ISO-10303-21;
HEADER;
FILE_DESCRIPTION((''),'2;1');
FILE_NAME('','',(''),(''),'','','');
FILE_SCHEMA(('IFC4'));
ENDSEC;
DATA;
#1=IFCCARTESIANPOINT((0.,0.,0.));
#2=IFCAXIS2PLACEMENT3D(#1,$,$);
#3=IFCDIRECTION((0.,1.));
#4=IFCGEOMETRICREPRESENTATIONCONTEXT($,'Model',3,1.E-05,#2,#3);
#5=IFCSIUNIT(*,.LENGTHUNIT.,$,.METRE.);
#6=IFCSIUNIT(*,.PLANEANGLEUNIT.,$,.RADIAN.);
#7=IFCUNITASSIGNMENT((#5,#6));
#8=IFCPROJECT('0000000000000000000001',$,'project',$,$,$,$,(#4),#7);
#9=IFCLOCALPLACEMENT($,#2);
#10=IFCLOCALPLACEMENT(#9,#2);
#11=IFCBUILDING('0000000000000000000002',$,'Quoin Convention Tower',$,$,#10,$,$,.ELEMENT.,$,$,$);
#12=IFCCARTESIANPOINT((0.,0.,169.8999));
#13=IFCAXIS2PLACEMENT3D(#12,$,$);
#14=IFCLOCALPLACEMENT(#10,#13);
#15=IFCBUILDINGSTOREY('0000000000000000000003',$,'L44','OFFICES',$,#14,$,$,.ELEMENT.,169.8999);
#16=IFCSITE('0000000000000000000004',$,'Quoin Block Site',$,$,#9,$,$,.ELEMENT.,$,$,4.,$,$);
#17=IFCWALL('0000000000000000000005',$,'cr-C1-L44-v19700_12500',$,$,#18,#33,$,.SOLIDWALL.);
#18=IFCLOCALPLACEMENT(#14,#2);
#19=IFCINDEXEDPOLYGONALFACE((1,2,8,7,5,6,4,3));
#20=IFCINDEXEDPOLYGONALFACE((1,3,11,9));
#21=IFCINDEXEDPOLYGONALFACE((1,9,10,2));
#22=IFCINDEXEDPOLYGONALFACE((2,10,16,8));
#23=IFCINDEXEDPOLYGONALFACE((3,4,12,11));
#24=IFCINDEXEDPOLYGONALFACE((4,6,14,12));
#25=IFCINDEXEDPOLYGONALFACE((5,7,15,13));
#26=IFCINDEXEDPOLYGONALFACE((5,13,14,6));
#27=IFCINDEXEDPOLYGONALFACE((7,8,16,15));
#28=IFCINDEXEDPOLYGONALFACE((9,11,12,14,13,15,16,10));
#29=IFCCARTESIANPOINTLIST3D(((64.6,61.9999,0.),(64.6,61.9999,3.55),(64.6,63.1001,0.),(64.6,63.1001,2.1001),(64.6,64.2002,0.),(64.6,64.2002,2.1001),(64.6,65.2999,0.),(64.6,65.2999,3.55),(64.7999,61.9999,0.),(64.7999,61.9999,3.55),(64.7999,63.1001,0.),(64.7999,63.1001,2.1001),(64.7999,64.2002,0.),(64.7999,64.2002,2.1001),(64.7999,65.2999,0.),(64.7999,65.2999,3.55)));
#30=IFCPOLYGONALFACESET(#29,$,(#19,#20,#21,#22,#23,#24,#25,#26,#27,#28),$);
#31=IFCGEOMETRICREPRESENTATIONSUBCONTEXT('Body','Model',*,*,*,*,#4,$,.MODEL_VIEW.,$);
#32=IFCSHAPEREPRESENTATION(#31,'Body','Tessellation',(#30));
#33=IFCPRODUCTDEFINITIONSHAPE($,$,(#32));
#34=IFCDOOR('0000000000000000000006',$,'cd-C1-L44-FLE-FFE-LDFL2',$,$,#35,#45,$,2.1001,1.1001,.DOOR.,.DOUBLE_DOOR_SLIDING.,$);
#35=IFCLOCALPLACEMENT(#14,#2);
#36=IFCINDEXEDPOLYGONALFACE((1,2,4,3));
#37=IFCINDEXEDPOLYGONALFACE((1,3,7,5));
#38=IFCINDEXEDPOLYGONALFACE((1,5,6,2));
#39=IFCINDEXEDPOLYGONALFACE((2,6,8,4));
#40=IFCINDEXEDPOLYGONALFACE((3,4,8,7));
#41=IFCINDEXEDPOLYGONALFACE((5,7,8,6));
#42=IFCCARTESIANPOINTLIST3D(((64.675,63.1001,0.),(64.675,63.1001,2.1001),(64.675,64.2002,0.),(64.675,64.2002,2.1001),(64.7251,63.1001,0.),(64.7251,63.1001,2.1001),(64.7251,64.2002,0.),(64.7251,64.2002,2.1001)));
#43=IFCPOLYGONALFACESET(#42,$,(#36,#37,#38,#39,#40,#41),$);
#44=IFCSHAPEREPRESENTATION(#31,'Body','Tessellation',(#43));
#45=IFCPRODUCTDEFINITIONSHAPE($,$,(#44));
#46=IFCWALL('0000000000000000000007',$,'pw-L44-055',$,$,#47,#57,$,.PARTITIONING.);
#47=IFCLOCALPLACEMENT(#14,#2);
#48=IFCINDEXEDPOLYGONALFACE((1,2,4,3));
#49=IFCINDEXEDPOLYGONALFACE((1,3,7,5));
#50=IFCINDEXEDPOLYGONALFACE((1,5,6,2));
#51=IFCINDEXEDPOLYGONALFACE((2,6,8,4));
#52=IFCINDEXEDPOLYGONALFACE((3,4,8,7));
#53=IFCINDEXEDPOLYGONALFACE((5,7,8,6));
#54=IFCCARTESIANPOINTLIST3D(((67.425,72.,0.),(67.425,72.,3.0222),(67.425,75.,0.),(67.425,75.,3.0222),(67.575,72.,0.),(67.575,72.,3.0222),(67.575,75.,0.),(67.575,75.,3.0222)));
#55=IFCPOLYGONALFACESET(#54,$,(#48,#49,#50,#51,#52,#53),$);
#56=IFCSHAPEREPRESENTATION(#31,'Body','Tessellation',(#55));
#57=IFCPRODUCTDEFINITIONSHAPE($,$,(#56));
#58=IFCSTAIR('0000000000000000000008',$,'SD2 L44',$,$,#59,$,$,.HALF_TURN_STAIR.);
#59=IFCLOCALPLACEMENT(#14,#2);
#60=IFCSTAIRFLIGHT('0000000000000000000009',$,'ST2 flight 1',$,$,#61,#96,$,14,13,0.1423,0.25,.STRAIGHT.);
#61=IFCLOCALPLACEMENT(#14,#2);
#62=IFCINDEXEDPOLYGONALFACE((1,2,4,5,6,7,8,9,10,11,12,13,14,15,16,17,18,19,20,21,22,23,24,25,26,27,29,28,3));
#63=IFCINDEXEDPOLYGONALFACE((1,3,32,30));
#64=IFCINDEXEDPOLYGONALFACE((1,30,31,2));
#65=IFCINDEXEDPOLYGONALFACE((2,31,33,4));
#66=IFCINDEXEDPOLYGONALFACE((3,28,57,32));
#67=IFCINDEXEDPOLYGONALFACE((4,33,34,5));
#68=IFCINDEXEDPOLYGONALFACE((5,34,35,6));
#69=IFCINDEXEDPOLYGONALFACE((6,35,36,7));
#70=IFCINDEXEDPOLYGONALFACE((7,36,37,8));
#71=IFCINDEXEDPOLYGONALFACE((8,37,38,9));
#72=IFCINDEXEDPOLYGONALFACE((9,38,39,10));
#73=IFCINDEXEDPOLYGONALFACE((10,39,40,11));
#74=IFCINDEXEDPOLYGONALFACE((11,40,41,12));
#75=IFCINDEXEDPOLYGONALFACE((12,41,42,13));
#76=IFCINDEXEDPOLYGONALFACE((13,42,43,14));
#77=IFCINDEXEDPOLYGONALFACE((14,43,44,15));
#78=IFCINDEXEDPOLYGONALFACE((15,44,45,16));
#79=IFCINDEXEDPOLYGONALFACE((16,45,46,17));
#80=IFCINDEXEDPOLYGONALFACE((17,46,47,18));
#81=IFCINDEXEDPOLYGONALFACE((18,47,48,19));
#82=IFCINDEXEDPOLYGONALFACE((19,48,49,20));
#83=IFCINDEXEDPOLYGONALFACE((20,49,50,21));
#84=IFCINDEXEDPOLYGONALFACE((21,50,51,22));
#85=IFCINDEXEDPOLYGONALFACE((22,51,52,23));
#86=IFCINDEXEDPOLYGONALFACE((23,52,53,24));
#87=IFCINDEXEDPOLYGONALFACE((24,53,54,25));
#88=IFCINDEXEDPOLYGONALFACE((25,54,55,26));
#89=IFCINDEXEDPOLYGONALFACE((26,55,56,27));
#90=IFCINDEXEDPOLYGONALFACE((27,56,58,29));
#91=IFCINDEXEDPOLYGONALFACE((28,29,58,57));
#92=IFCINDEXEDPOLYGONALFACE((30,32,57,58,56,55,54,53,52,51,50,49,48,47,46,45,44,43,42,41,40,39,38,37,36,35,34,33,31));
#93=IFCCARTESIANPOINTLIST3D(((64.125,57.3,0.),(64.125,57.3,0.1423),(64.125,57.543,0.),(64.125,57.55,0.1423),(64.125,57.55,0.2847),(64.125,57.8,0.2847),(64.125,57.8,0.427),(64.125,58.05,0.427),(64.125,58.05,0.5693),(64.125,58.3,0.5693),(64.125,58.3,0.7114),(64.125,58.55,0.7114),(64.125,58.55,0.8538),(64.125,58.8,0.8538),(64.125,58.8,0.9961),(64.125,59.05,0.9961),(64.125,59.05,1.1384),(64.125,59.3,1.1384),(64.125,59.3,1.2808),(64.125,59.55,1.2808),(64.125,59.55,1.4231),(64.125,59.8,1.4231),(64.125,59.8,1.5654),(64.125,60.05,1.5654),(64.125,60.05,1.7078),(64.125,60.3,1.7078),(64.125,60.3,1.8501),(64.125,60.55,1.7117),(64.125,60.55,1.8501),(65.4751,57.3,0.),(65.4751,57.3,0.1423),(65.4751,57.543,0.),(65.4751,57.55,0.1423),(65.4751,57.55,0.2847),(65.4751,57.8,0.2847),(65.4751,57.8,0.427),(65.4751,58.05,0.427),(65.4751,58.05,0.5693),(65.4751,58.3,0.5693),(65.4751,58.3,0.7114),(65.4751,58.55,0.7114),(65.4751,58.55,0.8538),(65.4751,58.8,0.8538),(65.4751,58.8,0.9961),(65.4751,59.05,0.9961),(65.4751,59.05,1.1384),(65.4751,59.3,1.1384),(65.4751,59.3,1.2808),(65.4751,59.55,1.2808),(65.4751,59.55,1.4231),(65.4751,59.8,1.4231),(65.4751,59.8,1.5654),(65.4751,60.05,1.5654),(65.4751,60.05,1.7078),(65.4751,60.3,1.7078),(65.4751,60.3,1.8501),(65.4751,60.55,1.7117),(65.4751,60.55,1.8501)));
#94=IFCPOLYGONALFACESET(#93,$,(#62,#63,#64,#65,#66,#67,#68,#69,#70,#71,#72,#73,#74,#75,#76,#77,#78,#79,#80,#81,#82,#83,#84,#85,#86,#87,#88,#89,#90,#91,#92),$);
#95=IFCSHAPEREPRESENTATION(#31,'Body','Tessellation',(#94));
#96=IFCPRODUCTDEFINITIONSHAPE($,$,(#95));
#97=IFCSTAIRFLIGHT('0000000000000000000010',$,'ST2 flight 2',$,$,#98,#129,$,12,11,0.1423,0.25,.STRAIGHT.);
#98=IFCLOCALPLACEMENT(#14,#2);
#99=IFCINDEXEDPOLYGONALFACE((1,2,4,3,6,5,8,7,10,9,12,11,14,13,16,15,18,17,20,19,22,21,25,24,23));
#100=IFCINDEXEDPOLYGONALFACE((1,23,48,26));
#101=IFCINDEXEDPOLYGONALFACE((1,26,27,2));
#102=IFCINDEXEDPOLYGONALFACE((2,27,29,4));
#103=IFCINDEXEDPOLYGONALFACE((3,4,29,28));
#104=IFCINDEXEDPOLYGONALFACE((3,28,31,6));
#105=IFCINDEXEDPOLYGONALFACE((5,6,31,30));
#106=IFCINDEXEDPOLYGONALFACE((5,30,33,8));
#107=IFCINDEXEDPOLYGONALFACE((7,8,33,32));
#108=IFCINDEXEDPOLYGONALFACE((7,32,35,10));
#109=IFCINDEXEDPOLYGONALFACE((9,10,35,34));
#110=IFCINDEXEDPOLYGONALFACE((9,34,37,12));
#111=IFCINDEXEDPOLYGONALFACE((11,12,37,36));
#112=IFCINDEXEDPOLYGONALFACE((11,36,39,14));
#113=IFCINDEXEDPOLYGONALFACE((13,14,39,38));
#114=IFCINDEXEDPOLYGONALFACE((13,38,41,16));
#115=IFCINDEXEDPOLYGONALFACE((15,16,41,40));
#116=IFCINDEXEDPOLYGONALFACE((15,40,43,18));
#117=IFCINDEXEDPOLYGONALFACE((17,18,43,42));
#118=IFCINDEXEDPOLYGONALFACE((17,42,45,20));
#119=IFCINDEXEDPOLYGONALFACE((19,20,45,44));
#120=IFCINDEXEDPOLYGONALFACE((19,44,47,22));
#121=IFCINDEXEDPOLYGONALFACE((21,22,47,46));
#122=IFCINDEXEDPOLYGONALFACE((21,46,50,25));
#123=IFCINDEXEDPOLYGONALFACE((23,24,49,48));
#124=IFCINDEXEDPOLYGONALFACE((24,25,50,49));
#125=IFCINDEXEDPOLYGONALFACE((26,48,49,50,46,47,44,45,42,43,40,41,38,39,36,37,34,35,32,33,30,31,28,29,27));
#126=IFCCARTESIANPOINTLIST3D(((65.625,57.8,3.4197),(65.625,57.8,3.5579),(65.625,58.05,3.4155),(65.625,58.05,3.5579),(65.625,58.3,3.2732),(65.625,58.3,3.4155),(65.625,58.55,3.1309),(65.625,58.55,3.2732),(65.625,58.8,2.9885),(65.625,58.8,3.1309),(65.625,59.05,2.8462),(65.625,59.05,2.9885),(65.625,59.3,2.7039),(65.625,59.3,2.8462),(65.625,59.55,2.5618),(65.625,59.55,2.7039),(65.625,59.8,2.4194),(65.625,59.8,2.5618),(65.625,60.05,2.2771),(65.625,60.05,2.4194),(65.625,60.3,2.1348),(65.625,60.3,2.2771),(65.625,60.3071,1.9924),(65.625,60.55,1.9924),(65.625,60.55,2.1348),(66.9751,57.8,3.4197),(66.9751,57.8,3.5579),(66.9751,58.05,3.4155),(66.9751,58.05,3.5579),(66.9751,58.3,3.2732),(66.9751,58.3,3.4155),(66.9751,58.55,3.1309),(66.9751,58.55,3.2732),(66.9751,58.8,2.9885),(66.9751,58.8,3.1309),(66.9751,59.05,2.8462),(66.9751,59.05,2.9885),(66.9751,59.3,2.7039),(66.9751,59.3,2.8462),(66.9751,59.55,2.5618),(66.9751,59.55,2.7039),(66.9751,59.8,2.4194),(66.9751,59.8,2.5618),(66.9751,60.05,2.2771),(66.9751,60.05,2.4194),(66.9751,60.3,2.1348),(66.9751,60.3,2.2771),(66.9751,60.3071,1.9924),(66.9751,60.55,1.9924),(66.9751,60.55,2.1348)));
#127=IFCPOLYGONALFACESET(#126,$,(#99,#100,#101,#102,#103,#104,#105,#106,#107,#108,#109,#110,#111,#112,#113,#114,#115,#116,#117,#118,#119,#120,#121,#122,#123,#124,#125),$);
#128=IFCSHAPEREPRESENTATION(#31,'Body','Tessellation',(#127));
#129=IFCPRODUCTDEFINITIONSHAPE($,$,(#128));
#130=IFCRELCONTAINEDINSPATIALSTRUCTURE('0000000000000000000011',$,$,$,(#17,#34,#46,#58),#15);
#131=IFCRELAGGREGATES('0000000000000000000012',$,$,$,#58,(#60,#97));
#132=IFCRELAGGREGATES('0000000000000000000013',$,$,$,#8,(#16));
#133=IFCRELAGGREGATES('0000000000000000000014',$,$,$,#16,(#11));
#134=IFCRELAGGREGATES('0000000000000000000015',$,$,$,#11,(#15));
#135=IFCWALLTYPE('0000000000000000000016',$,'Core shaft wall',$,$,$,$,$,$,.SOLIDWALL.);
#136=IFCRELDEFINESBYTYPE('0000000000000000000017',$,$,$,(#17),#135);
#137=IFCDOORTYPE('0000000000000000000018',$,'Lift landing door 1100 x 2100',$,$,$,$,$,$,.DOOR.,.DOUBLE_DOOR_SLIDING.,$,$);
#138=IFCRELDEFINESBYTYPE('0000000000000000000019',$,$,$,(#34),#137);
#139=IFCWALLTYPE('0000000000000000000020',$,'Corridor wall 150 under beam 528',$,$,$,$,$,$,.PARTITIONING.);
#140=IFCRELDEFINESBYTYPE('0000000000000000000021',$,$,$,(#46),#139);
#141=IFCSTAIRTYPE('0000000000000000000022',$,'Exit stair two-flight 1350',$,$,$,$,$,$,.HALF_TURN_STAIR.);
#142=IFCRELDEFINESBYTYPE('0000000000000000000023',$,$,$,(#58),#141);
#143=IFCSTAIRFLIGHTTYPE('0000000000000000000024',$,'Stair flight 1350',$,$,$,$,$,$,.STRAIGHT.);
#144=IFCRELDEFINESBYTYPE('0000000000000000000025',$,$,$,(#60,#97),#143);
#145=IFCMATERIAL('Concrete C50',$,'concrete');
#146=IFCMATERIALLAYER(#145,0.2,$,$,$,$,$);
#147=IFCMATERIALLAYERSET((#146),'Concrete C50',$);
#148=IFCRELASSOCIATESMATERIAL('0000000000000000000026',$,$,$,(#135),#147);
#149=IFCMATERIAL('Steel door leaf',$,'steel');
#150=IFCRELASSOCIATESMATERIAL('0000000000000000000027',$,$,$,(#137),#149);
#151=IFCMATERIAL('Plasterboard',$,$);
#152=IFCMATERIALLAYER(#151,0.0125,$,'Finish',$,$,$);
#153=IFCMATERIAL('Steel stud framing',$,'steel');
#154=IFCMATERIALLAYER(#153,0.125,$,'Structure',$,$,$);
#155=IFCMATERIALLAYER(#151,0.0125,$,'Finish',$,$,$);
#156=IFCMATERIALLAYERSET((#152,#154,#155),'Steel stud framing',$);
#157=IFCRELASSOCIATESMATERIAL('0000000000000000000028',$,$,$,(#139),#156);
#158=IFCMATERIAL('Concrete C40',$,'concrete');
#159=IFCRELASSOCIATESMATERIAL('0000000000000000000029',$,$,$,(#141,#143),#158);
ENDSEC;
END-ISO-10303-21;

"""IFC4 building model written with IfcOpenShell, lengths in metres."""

from ifc_helpers import new_model, si_unit, direction, frame, frame_2d, origin, place, context, subcontext, project, spatial, polyline, rectangle, outline, extrude, material, layer, layer_set, type_object, element, fill, aggregate, save


model = new_model("IFC4")

# Units and contexts
model_context = context("Model", 3, precision=1e-05, world=origin(), true_north=direction((0.0, 1.0)))
body_context = subcontext(model_context, "Body", "Model", "MODEL_VIEW")
ifc_project = project(units=[si_unit("LENGTHUNIT", "METRE"), si_unit("PLANEANGLEUNIT", "RADIAN")], contexts=[model_context])

# Site, building, storey
site_placement = place(None, origin())
site = spatial("IfcSite", under=ifc_project, at=site_placement, Name="Quoin Block Site", CompositionType="ELEMENT", RefElevation=4.0)
building_placement = place(site_placement, origin())
building = spatial("IfcBuilding", under=site, at=building_placement, Name="Quoin Convention Tower", CompositionType="ELEMENT")
storey_placement = place(building_placement, frame((0.0, 0.0, 169.8999)))
storey = spatial("IfcBuildingStorey", under=building, at=storey_placement, Name="L44", Description="OFFICES", CompositionType="ELEMENT", Elevation=169.8999)

# Shared definitions
ifc_material_1 = material(Name="Concrete C50", Category="concrete")

# Shared definitions
ifc_layer_1 = layer(ifc_material_1, 0.2)
ifc_layer_set_1 = layer_set([ifc_layer_1], Name="Concrete C50")
wall_type_1 = type_object("IfcWallType", Name="Core shaft wall", PredefinedType="SOLIDWALL", material=ifc_layer_set_1)

# Wall, opening, door
wall_1_placement = place(storey_placement, frame((64.7, 62.0, 0.0), z_axis=(0.0, 0.0, 1.0), x_axis=(0.0, 1.0, 0.0)))
wall_1 = element("IfcWall", 1, at=wall_1_placement, inside=storey, type_object=wall_type_1, Name="cr-C1-L44-v19700_12500", PredefinedType="SOLIDWALL", context=body_context, shape_type="SweptSolid", body=[
    extrude(rectangle(XDim=3.3, YDim=0.2, at=frame_2d((1.6499, 0.0))), origin(), (0.0, 0.0, 1.0), 3.55),
])
opening_placement = place(wall_1_placement, frame((1.1001, 0.0, 0.0)))
opening = element("IfcOpeningElement", 2, at=opening_placement, cuts=wall_1, PredefinedType="OPENING", context=body_context, shape_type="SweptSolid", body=[
    extrude(rectangle(XDim=1.1001, YDim=2.1001, at=frame_2d((0.55, 1.05))), frame((0.0, 0.1099, 0.0), z_axis=(0.0, -1.0, 0.0), x_axis=(1.0, 0.0, 0.0)), (0.0, 0.0, 1.0), 0.22),
])
ifc_material_2 = material(Name="Steel door leaf", Category="steel")
door_type = type_object("IfcDoorType", Name="Lift landing door 1100 x 2100", OperationType="DOUBLE_DOOR_SLIDING", PredefinedType="DOOR", material=ifc_material_2)
door_placement = place(opening_placement, origin())
door = element("IfcDoor", 3, at=door_placement, inside=storey, type_object=door_type, Name="cd-C1-L44-FLE-FFE-LDFL2", OperationType="DOUBLE_DOOR_SLIDING", OverallHeight=2.1001, OverallWidth=1.1001, PredefinedType="DOOR", context=body_context, shape_type="SweptSolid", body=[
    extrude(rectangle(XDim=1.1001, YDim=2.1001, at=frame_2d((0.55, 1.05))), frame((0.0, 0.0249, 0.0), z_axis=(0.0, -1.0, 0.0), x_axis=(1.0, 0.0, 0.0)), (0.0, 0.0, 1.0), 0.05),
])
fill(opening, door)

# Wall
ifc_material_3 = material(Name="Plasterboard")
ifc_layer_2 = layer(ifc_material_3, 0.0125, Name="Finish")
ifc_material_4 = material(Name="Steel stud framing", Category="steel")
ifc_layer_3 = layer(ifc_material_4, 0.125, Name="Structure")
ifc_layer_4 = layer(ifc_material_3, 0.0125, Name="Finish")
ifc_layer_set_2 = layer_set([ifc_layer_2, ifc_layer_3, ifc_layer_4], Name="Steel stud framing")
wall_type_2 = type_object("IfcWallType", Name="Corridor wall 150 under beam 528", PredefinedType="PARTITIONING", material=ifc_layer_set_2)
wall_2_placement = place(storey_placement, frame((67.5, 72.0, 0.0), z_axis=(0.0, 0.0, 1.0), x_axis=(0.0, 1.0, 0.0)))
element("IfcWall", 4, at=wall_2_placement, inside=storey, type_object=wall_type_2, Name="pw-L44-055", PredefinedType="PARTITIONING", context=body_context, shape_type="SweptSolid", body=[
    extrude(rectangle(XDim=3.0, YDim=0.1499, at=frame_2d((1.5, 0.0))), origin(), (0.0, 0.0, 1.0), 3.0222),
])

# Stair, stair flights
ifc_material_5 = material(Name="Concrete C40", Category="concrete")
stair_type = type_object("IfcStairType", Name="Exit stair two-flight 1350", PredefinedType="HALF_TURN_STAIR", material=ifc_material_5)
stair_placement = place(storey_placement, origin())
stair = element("IfcStair", 5, at=stair_placement, inside=storey, type_object=stair_type, Name="SD2 L44", PredefinedType="HALF_TURN_STAIR")
stair_flight_type = type_object("IfcStairFlightType", Name="Stair flight 1350", PredefinedType="STRAIGHT", material=ifc_material_5)
stair_flight_1_placement = place(storey_placement, frame((64.8, 57.3, 0.0), z_axis=(0.0, 0.0, 1.0), x_axis=(0.0, 1.0, 0.0)))
stair_flight_1 = element("IfcStairFlight", 6, at=stair_flight_1_placement, type_object=stair_flight_type, Name="ST2 flight 1", NumberOfRisers=14, NumberOfTreads=13, PredefinedType="STRAIGHT", RiserHeight=0.1423, TreadLength=0.25, context=body_context, shape_type="SweptSolid", body=[
    extrude(outline(polyline([(0.0, 0.0), (0.0, 0.1423), (0.25, 0.1423), (0.25, 0.2847), (0.5, 0.2847), (0.5, 0.427), (0.75, 0.427), (0.75, 0.5693), (1.0, 0.5693), (1.0, 0.7114), (1.25, 0.7114), (1.25, 0.8538), (1.5, 0.8538), (1.5, 0.9961), (1.75, 0.9961), (1.75, 1.1384), (2.0, 1.1384), (2.0, 1.2808), (2.25, 1.2808), (2.25, 1.4231), (2.5, 1.4231), (2.5, 1.5654), (2.75, 1.5654), (2.75, 1.7078), (3.0, 1.7078), (3.0, 1.8501), (3.25, 1.8501), (3.25, 1.9922), (3.25, 1.7117), (0.2429, 0.0), (0.0, 0.0)])), frame((0.0, 0.675, 0.0), z_axis=(0.0, -1.0, 0.0), x_axis=(1.0, 0.0, 0.0)), (0.0, 0.0, 1.0), 1.3501),
])
stair_flight_2_placement = place(storey_placement, frame((66.3, 60.55, 1.9924), z_axis=(0.0, 0.0, 1.0), x_axis=(0.0, -1.0, 0.0)))
stair_flight_2 = element("IfcStairFlight", 7, at=stair_flight_2_placement, type_object=stair_flight_type, Name="ST2 flight 2", NumberOfRisers=12, NumberOfTreads=11, PredefinedType="STRAIGHT", RiserHeight=0.1423, TreadLength=0.25, context=body_context, shape_type="SweptSolid", body=[
    extrude(outline(polyline([(0.0, 0.0), (0.0, 0.1423), (0.25, 0.1423), (0.25, 0.2847), (0.5, 0.2847), (0.5, 0.427), (0.75, 0.427), (0.75, 0.5693), (1.0, 0.5693), (1.0, 0.7114), (1.25, 0.7114), (1.25, 0.8538), (1.5, 0.8538), (1.5, 0.9961), (1.75, 0.9961), (1.75, 1.1384), (2.0, 1.1384), (2.0, 1.2808), (2.25, 1.2808), (2.25, 1.4231), (2.5, 1.4231), (2.5, 1.5654), (2.75, 1.5654), (2.75, 1.7078), (2.75, 1.4272), (0.2429, 0.0), (0.0, 0.0)])), frame((0.0, 0.675, 0.0), z_axis=(0.0, -1.0, 0.0), x_axis=(1.0, 0.0, 0.0)), (0.0, 0.0, 1.0), 1.3501),
])
aggregate(stair, [stair_flight_1, stair_flight_2])

save(model, "model.ifc")
